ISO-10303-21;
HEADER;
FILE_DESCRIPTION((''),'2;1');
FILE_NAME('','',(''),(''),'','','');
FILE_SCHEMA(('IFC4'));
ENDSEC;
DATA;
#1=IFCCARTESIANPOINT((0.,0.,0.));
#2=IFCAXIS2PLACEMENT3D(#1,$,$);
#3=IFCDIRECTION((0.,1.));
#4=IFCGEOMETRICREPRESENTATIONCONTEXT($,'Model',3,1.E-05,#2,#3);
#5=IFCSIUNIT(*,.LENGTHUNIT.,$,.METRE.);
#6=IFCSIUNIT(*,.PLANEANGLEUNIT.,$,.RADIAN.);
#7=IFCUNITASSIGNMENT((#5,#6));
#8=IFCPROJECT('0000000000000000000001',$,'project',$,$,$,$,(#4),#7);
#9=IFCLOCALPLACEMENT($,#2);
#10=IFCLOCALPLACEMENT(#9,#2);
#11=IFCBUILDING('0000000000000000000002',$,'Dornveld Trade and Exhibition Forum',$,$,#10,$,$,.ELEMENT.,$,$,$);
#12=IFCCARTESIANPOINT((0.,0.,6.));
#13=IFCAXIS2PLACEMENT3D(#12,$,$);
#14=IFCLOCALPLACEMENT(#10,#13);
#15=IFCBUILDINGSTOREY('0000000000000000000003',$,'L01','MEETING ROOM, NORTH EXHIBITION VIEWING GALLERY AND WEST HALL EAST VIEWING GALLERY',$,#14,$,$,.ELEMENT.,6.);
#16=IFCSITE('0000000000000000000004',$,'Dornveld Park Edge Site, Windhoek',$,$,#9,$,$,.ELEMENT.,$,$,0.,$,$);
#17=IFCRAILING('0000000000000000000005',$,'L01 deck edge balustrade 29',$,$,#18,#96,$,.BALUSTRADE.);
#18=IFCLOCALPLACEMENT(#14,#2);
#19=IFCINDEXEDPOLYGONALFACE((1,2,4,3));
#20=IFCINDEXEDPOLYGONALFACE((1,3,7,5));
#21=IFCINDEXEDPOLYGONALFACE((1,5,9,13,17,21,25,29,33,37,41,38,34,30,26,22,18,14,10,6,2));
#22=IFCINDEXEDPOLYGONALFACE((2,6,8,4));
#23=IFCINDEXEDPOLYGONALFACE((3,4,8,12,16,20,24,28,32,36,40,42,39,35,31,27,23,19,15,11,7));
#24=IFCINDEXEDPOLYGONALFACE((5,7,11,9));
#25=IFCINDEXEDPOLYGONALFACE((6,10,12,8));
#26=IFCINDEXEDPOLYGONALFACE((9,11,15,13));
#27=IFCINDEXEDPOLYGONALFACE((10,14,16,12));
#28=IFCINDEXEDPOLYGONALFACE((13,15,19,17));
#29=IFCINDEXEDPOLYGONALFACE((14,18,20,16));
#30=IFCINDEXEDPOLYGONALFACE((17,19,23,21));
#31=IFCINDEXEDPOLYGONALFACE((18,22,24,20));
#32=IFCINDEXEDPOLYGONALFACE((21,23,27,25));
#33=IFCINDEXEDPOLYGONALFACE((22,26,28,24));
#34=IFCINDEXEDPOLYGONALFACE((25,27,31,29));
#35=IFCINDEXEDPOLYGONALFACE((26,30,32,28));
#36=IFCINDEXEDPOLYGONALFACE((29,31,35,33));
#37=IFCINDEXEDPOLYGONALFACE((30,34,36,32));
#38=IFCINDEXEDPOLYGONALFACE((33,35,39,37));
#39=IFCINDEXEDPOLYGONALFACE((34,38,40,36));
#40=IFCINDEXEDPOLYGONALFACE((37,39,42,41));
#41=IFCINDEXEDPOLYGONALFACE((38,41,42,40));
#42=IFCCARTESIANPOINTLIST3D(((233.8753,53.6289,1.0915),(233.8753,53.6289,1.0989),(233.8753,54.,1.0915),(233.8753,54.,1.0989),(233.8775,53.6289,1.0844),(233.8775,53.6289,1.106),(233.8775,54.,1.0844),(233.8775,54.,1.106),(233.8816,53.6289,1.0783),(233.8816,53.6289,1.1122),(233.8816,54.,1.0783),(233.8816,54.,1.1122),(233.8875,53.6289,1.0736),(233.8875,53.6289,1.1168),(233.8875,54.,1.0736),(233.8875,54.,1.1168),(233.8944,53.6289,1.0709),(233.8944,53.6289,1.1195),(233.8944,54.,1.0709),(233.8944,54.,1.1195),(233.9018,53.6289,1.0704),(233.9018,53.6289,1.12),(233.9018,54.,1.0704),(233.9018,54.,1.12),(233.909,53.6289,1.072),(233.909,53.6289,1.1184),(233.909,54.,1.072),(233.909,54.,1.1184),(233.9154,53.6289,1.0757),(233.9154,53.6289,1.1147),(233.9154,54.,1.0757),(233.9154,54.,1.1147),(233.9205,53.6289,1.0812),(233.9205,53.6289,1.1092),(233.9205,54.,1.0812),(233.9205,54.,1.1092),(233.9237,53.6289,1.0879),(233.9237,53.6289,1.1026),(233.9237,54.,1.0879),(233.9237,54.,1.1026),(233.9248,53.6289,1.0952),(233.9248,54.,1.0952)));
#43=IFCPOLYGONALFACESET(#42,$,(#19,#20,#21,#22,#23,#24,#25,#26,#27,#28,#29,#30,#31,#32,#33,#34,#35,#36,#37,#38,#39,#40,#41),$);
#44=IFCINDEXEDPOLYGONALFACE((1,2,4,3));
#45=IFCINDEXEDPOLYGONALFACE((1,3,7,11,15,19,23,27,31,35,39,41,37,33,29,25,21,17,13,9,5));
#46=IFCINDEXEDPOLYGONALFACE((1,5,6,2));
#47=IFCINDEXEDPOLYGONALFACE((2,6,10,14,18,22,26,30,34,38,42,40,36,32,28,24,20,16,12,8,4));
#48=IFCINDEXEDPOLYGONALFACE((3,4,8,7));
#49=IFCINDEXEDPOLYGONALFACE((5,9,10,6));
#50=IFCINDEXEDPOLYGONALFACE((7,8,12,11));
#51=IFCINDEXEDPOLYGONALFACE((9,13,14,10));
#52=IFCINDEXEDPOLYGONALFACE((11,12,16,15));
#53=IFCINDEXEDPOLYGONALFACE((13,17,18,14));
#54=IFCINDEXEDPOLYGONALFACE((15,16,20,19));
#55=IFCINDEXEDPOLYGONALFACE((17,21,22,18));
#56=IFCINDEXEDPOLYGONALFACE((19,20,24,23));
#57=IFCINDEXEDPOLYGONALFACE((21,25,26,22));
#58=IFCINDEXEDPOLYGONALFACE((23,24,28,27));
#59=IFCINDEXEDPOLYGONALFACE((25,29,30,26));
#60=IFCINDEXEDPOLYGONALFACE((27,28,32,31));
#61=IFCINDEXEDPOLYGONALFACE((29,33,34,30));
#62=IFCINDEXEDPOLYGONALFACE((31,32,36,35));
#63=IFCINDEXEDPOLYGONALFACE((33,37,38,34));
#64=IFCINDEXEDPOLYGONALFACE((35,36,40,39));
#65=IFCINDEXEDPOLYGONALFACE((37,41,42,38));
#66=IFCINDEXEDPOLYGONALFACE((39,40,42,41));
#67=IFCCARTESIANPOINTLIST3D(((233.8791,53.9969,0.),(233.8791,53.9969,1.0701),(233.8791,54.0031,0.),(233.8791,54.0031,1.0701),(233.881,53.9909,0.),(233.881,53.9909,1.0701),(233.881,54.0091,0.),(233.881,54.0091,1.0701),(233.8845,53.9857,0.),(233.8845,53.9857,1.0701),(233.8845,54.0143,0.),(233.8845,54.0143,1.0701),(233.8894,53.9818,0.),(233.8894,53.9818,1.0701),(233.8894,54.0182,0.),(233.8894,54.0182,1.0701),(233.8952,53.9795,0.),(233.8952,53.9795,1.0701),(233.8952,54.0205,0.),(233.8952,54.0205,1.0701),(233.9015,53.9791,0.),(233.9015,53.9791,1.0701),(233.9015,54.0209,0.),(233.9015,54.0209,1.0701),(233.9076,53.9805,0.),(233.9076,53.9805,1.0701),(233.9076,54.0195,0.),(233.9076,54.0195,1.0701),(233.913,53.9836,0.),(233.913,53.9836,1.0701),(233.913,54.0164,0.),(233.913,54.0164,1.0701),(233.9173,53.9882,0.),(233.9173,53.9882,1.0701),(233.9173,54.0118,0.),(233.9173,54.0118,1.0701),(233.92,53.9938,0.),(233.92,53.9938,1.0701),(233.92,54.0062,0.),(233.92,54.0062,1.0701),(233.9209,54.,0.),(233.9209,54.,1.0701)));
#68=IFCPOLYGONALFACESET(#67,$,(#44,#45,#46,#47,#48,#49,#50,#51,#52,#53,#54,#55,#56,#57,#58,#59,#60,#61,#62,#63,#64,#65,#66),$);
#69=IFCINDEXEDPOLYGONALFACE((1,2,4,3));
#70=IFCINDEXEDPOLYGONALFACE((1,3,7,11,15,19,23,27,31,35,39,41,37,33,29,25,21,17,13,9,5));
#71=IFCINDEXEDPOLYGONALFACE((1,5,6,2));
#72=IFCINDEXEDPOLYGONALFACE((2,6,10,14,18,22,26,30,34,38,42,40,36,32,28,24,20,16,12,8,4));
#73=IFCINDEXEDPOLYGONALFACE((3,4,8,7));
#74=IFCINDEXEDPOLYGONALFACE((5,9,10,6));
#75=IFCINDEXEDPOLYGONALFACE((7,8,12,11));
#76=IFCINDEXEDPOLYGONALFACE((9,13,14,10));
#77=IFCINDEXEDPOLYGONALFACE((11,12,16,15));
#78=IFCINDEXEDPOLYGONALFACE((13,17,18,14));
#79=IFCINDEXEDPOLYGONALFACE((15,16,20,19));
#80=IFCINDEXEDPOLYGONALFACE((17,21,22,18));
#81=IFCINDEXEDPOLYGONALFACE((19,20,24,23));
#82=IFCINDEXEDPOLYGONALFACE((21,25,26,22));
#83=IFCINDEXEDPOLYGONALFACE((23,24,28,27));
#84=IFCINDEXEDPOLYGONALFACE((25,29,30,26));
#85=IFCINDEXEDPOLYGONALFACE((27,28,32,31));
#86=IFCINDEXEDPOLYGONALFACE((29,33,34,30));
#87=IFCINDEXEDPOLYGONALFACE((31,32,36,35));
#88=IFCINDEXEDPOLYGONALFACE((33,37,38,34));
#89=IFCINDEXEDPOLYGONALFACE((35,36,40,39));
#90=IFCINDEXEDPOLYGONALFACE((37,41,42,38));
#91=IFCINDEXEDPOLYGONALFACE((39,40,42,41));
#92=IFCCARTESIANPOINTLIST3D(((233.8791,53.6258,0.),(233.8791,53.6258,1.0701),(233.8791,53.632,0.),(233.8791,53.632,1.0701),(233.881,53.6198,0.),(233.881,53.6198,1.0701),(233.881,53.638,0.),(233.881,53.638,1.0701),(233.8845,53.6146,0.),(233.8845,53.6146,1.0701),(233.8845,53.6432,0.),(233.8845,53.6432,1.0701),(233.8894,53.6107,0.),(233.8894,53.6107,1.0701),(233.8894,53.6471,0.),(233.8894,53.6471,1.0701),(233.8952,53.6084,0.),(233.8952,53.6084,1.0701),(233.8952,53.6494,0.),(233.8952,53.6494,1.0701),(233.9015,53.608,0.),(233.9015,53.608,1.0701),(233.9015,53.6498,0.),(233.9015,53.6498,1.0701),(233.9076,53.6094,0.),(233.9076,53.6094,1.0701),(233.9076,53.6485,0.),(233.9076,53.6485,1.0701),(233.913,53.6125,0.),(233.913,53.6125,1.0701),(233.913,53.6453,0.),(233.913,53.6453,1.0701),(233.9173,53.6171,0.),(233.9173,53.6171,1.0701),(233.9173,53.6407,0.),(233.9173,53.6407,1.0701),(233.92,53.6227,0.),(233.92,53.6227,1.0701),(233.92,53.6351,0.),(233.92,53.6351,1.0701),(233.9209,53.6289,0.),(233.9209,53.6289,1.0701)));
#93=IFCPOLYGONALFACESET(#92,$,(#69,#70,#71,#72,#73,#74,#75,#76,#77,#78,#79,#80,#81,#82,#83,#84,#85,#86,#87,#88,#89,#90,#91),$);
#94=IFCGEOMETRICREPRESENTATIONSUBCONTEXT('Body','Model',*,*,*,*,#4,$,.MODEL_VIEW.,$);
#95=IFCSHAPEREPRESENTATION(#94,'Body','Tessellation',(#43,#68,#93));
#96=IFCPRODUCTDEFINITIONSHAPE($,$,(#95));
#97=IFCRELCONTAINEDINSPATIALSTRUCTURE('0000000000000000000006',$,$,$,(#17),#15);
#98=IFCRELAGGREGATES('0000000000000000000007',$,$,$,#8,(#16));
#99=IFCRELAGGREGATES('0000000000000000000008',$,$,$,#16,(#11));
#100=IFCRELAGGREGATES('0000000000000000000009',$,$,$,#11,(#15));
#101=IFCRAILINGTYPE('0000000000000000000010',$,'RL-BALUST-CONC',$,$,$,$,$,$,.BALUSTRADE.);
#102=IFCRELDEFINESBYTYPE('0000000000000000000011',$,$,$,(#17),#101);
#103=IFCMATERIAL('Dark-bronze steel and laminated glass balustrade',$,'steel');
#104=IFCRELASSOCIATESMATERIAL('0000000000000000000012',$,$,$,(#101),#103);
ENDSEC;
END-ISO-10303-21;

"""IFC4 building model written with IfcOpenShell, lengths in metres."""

from ifc_helpers import new_model, si_unit, direction, frame, origin, origin_2d, place, context, subcontext, project, spatial, circle, extrude, material, type_object, element, save


model = new_model("IFC4")

# Units and contexts
model_context = context("Model", 3, precision=1e-05, world=origin(), true_north=direction((0.0, 1.0)))
body_context = subcontext(model_context, "Body", "Model", "MODEL_VIEW")
ifc_project = project(units=[si_unit("LENGTHUNIT", "METRE"), si_unit("PLANEANGLEUNIT", "RADIAN")], contexts=[model_context])

# Site, building, storey
site_placement = place(None, origin())
site = spatial("IfcSite", under=ifc_project, at=site_placement, Name="Dornveld Park Edge Site, Windhoek", CompositionType="ELEMENT", RefElevation=0.0)
building_placement = place(site_placement, origin())
building = spatial("IfcBuilding", under=site, at=building_placement, Name="Dornveld Trade and Exhibition Forum", CompositionType="ELEMENT")
storey_placement = place(building_placement, frame((0.0, 0.0, 6.0)))
storey = spatial("IfcBuildingStorey", under=building, at=storey_placement, Name="L01", Description="MEETING ROOM, NORTH EXHIBITION VIEWING GALLERY AND WEST HALL EAST VIEWING GALLERY", CompositionType="ELEMENT", Elevation=6.0)

# Railing
ifc_material_1 = material(Name="Dark-bronze steel and laminated glass balustrade", Category="steel")
railing_type = type_object("IfcRailingType", Name="RL-BALUST-CONC", PredefinedType="BALUSTRADE", material=ifc_material_1)
railing_1_placement = place(storey_placement, frame((233.8999, 54.0, 0.0)))
element("IfcRailing", 1, at=railing_1_placement, inside=storey, type_object=railing_type, Name="L01 deck edge balustrade 29", PredefinedType="BALUSTRADE", context=body_context, shape_type="SweptSolid", body=[
    extrude(circle(Radius=0.0249, at=origin_2d()), frame((0.0, 0.0, 1.0952), z_axis=(0.0, -1.0, 0.0), x_axis=(1.0, 0.0, 0.0)), (0.0, 0.0, 1.0), 0.3711),
    extrude(circle(Radius=0.021, at=origin_2d()), origin(), (0.0, 0.0, 1.0), 1.0701),
    extrude(circle(Radius=0.021, at=origin_2d()), frame((0.0, -0.3711, 0.0)), (0.0, 0.0, 1.0), 1.0701),
])

save(model, "model.ifc")
